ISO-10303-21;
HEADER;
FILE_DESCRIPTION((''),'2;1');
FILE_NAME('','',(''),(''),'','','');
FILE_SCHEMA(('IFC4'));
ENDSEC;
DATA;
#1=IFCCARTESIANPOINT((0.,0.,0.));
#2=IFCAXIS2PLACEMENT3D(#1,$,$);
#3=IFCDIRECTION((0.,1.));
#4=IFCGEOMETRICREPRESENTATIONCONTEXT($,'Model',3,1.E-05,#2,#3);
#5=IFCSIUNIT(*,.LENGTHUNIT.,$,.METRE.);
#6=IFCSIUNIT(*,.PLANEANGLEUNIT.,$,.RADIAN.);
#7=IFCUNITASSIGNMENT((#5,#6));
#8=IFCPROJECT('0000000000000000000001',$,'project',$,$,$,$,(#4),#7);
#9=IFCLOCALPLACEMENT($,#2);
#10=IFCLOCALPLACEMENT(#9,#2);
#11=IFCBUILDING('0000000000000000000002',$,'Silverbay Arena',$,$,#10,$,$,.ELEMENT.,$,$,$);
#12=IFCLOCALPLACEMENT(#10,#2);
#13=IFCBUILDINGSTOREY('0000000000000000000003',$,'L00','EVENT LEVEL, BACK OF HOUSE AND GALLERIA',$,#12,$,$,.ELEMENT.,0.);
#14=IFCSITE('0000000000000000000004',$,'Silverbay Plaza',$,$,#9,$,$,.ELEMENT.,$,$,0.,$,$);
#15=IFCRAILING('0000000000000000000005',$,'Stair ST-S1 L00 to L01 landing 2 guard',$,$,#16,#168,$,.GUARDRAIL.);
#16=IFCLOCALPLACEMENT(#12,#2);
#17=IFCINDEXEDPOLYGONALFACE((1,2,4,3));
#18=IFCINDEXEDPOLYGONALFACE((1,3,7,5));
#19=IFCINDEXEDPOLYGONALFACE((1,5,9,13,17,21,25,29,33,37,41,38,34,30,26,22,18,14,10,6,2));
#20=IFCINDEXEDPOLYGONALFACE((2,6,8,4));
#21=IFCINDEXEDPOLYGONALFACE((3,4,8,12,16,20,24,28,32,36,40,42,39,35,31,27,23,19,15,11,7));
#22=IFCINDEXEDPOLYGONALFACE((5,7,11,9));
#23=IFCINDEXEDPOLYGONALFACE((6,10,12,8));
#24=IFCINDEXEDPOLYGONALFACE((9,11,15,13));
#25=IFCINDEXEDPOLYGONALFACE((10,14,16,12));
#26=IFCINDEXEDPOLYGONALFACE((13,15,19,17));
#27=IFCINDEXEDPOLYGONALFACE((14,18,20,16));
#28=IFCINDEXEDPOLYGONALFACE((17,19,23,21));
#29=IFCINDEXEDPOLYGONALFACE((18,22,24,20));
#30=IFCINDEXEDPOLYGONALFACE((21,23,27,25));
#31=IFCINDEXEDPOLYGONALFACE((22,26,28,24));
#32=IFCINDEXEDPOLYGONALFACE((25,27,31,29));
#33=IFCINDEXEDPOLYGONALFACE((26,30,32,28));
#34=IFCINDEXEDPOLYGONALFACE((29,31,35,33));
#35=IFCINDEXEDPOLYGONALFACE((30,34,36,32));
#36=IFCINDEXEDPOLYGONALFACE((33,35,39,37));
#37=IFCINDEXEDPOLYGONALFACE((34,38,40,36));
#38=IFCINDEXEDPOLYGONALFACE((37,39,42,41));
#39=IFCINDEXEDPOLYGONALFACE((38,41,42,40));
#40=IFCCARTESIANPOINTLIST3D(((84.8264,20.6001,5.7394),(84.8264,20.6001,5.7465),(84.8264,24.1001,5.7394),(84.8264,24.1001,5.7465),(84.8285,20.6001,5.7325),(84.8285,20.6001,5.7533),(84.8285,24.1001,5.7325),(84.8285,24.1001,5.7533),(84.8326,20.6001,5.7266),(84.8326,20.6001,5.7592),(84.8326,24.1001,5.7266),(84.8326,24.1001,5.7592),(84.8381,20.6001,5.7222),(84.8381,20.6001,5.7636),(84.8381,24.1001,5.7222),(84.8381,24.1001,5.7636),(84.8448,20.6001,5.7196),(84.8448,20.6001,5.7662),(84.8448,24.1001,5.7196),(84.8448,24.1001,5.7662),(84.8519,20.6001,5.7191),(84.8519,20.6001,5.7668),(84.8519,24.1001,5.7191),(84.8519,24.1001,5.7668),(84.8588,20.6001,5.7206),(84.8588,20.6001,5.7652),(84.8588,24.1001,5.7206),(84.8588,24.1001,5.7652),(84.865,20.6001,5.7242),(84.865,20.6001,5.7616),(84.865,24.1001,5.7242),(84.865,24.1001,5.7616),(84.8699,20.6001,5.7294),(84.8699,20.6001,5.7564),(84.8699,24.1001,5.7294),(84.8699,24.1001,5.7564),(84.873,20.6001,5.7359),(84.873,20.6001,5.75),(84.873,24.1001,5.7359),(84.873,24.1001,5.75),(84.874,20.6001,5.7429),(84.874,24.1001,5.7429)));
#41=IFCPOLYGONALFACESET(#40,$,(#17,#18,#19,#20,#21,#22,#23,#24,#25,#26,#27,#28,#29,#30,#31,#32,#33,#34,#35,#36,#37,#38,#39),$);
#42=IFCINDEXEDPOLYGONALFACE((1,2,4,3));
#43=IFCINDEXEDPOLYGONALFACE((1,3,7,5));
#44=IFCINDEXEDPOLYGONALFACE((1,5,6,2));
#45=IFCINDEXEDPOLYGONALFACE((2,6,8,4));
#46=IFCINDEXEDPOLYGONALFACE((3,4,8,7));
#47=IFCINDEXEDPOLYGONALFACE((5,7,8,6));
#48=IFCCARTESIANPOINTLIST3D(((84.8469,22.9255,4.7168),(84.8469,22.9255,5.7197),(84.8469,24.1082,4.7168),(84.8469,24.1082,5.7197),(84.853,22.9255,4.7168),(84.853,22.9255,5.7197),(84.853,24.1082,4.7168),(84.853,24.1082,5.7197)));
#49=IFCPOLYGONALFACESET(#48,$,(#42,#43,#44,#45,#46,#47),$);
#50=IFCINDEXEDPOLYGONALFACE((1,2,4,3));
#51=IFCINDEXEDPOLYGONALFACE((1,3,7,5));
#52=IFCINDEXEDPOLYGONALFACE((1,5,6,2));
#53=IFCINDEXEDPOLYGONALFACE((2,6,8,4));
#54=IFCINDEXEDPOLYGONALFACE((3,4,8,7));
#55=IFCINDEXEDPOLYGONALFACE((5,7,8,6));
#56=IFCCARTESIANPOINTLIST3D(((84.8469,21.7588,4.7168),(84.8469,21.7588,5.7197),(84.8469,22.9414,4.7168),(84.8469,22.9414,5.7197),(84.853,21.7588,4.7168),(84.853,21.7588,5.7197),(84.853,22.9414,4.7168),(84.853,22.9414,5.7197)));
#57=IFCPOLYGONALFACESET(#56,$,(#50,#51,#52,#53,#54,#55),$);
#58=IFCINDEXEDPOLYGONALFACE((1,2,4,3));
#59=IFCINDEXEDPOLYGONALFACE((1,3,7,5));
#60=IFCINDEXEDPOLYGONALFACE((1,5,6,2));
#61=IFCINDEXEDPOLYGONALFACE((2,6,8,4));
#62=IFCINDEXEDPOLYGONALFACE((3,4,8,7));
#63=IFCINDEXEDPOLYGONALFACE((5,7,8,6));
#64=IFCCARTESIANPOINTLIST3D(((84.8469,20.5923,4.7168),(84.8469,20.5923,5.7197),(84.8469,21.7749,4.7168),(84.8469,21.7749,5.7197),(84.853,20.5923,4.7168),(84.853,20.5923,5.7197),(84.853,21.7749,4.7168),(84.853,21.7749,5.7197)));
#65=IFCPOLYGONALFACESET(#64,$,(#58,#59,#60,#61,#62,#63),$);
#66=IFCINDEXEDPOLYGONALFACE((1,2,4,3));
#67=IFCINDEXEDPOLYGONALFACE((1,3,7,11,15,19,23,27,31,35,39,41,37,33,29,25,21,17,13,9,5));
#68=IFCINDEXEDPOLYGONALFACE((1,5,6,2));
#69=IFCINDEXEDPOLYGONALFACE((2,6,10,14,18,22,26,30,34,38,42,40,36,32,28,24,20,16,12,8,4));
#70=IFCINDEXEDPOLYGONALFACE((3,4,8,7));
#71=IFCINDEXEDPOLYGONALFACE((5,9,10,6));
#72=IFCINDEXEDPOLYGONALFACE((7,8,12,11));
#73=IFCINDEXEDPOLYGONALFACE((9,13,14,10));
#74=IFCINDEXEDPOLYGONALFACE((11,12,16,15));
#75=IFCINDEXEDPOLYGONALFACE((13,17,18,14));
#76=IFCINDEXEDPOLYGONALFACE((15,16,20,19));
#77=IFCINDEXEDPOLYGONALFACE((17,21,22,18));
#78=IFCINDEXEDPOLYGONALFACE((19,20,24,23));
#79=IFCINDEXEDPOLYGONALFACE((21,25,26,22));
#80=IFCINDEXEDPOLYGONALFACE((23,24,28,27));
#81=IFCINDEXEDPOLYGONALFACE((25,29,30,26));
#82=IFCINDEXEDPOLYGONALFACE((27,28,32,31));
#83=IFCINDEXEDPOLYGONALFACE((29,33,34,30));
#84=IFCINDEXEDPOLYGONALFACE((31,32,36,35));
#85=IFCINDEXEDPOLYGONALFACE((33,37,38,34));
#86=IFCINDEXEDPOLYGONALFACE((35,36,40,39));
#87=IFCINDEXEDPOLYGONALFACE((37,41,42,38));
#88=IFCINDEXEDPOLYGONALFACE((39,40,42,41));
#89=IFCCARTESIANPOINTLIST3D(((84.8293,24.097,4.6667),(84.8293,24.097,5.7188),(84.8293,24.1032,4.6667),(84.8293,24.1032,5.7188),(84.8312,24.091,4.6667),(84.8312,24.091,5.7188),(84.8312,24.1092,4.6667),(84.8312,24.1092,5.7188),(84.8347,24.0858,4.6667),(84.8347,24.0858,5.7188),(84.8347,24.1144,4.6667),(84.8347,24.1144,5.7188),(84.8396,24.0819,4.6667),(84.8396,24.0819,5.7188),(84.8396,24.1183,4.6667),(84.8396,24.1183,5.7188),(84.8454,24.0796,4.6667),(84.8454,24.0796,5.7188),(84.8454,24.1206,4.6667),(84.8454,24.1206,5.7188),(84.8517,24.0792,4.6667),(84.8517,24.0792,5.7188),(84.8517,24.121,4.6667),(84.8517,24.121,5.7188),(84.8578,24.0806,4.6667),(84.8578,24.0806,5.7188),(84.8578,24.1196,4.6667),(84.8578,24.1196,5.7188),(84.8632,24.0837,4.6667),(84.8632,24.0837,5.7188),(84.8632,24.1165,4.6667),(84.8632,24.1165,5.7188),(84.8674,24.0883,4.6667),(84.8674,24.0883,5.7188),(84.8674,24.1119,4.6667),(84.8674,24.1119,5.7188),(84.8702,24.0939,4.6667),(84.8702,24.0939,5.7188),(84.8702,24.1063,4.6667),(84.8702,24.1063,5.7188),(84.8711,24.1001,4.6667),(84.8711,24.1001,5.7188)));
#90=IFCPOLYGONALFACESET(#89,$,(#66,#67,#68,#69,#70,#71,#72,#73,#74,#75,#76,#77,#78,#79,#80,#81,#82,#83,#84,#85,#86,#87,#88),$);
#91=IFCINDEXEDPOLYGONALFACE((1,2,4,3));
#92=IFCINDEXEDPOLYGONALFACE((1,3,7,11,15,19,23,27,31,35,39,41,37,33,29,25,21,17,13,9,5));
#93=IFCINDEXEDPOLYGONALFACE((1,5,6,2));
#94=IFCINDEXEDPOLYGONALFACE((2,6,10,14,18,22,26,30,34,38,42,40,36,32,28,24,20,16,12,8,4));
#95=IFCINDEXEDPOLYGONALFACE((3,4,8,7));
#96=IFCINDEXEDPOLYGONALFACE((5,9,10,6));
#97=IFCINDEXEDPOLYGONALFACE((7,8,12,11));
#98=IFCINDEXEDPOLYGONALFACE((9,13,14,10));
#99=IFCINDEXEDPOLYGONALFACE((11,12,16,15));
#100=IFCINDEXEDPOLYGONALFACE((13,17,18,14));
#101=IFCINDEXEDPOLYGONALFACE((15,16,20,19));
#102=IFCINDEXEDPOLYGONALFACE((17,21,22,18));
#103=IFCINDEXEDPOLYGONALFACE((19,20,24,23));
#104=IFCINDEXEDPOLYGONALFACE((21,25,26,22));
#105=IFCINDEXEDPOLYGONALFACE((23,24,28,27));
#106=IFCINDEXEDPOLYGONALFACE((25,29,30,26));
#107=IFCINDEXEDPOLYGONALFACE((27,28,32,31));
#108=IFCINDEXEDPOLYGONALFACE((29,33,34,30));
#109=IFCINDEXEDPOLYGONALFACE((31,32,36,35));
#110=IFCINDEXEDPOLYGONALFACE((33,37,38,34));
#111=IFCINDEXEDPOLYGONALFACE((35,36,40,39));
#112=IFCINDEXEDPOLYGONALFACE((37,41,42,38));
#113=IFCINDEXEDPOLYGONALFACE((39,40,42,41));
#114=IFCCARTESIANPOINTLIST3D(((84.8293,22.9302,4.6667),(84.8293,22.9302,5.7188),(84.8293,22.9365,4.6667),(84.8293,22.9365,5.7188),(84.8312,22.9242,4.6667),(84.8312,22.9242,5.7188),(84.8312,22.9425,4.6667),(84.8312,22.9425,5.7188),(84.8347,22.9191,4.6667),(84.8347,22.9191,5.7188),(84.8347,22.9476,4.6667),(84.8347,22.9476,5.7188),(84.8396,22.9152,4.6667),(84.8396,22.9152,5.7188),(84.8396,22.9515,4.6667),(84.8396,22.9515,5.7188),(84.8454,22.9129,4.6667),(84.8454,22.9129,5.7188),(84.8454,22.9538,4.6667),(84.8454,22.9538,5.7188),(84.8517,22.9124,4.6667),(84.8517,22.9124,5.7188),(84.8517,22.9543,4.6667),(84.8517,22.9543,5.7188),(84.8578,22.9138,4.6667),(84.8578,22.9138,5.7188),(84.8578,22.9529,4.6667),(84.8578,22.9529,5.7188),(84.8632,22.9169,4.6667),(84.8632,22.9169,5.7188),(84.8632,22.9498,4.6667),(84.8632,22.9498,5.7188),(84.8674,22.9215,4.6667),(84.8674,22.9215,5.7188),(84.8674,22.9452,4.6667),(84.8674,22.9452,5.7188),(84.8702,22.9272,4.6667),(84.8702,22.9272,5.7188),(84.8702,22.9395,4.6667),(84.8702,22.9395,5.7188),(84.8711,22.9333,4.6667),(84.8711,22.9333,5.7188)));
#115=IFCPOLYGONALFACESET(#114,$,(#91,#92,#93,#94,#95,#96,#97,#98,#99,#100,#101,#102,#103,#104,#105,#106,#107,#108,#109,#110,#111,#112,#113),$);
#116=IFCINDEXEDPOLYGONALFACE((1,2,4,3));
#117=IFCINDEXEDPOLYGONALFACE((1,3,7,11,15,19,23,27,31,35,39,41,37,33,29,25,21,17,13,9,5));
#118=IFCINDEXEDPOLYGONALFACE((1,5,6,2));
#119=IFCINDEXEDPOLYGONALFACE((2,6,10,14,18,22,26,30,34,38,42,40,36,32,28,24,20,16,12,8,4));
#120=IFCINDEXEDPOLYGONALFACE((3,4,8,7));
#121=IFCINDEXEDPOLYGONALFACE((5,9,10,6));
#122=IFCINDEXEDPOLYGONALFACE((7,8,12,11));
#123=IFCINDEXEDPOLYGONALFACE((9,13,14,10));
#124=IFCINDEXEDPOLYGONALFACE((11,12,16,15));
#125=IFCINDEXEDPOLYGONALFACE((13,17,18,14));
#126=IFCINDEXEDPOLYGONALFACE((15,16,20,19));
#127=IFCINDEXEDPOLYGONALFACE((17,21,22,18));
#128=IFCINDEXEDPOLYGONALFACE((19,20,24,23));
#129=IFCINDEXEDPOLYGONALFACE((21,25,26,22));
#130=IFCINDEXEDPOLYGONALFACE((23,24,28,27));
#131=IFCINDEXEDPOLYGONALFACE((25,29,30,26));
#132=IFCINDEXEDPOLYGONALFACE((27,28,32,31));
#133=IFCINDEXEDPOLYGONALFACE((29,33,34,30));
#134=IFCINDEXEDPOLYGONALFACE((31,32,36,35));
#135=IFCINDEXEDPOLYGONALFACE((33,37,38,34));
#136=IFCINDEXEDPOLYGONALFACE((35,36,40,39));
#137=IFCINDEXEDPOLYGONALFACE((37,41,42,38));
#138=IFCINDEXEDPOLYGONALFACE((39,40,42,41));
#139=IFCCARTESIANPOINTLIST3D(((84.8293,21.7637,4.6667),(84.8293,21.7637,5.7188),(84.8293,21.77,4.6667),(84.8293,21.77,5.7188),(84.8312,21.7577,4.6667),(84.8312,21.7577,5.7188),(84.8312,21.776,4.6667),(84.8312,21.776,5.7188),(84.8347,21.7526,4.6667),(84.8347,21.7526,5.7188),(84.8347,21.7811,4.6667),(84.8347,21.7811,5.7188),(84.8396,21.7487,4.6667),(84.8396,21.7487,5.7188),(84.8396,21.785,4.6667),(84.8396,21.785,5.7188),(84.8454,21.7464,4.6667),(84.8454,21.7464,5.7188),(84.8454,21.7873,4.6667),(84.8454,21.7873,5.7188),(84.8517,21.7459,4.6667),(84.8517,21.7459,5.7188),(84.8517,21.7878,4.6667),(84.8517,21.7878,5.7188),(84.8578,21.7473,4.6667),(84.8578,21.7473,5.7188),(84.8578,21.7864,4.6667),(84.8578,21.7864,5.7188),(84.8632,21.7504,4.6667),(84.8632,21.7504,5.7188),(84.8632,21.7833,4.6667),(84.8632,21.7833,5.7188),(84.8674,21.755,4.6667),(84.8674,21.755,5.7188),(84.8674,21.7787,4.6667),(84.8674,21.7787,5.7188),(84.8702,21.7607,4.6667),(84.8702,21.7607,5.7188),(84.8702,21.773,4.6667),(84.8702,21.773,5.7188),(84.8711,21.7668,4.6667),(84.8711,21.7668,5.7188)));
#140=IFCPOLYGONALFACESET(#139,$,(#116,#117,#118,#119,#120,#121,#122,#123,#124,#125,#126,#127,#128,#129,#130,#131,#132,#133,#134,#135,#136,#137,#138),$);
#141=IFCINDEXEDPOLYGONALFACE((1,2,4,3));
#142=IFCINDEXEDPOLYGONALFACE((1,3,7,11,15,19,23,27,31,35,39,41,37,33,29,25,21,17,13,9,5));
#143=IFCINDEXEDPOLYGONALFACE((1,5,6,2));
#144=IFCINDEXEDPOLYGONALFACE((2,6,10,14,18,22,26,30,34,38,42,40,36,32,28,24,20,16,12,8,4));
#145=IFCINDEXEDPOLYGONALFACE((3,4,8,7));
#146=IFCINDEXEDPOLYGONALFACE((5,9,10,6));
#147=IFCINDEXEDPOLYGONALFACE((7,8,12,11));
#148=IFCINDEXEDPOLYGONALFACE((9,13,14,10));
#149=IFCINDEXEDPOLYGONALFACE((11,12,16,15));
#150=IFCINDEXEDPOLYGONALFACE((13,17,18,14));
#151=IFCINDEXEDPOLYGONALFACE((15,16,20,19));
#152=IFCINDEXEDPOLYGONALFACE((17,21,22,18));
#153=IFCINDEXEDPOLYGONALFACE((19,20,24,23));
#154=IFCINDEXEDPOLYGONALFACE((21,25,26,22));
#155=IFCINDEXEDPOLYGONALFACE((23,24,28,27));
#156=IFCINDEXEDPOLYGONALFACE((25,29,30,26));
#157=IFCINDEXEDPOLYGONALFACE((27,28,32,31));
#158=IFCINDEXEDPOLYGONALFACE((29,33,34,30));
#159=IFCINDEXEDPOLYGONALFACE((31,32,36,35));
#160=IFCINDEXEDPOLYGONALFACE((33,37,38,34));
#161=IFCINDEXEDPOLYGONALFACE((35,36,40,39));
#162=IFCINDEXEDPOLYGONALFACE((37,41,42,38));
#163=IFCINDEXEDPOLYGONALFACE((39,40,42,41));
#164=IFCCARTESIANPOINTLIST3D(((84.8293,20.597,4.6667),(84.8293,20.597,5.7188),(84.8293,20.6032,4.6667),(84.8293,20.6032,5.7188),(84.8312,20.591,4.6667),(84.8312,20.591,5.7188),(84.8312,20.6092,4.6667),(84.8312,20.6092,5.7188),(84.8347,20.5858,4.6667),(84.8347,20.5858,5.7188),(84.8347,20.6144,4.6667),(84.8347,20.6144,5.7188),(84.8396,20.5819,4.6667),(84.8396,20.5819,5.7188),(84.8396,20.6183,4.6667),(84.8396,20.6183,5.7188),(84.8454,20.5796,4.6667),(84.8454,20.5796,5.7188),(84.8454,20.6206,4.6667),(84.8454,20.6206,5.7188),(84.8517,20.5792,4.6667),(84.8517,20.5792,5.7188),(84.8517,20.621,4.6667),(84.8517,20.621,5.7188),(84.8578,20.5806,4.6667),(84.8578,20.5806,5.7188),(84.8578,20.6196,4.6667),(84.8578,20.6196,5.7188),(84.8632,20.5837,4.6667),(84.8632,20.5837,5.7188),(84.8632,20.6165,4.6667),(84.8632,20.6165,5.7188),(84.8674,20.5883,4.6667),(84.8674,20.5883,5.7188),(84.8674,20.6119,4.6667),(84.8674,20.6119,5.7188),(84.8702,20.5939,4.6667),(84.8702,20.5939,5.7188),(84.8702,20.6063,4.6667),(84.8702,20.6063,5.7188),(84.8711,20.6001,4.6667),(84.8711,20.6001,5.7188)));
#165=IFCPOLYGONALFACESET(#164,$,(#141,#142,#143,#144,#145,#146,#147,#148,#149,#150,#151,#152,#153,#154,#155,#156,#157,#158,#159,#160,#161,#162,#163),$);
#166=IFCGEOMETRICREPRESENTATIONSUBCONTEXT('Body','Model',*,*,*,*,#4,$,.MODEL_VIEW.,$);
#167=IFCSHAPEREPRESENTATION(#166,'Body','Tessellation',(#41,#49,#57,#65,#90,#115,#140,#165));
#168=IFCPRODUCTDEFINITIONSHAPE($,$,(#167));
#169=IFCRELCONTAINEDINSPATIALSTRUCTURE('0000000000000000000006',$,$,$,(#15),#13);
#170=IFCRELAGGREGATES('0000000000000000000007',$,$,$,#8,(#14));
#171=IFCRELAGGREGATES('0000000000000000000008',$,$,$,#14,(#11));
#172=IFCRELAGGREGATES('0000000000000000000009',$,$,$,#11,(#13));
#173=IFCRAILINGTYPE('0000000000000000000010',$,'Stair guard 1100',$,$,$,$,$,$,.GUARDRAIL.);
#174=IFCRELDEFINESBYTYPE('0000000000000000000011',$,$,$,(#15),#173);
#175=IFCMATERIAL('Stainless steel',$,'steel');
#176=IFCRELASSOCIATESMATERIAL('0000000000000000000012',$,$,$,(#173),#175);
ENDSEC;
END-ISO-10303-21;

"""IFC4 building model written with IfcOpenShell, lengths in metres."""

from ifc_helpers import new_model, si_unit, direction, frame, origin, origin_2d, place, context, subcontext, project, spatial, polyline, circle, outline, extrude, material, type_object, element, save


model = new_model("IFC4")

# Units and contexts
model_context = context("Model", 3, precision=1e-05, world=origin(), true_north=direction((0.0, 1.0)))
body_context = subcontext(model_context, "Body", "Model", "MODEL_VIEW")
ifc_project = project(units=[si_unit("LENGTHUNIT", "METRE"), si_unit("PLANEANGLEUNIT", "RADIAN")], contexts=[model_context])

# Site, building, storey
site_placement = place(None, origin())
site = spatial("IfcSite", under=ifc_project, at=site_placement, Name="Silverbay Plaza", CompositionType="ELEMENT", RefElevation=0.0)
building_placement = place(site_placement, origin())
building = spatial("IfcBuilding", under=site, at=building_placement, Name="Silverbay Arena", CompositionType="ELEMENT")
storey_placement = place(building_placement, origin())
storey = spatial("IfcBuildingStorey", under=building, at=storey_placement, Name="L00", Description="EVENT LEVEL, BACK OF HOUSE AND GALLERIA", CompositionType="ELEMENT", Elevation=0.0)

# Railing
ifc_material_1 = material(Name="Stainless steel", Category="steel")
railing_type_1 = type_object("IfcRailingType", Name="Stair guard 1100", PredefinedType="GUARDRAIL", material=ifc_material_1)
for number, where, name in (
    (1, (84.8501, 24.1001, 4.6667), "Stair ST-S1 L00 to L01 landing 2 guard"),
):
    element("IfcRailing", number, at=place(storey_placement, frame(where)), inside=storey, type_object=railing_type_1, Name=name, PredefinedType="GUARDRAIL", context=body_context, shape_type="SweptSolid", body=[
        extrude(circle(Radius=0.0239, at=origin_2d()), frame((0.0, 0.0, 1.0762), z_axis=(0.0, -1.0, 0.0), x_axis=(1.0, 0.0, 0.0)), (0.0, 0.0, 1.0), 3.5),
        extrude(outline(polyline([(-0.0081, 0.05), (1.1746, 0.05), (1.1746, 1.053), (-0.0081, 1.053), (-0.0081, 0.05)])), frame((0.0029, 0.0, 0.0), z_axis=(-1.0, 0.0, 0.0), x_axis=(0.0, -1.0, 0.0)), (0.0, 0.0, 1.0), 0.0061),
        extrude(outline(polyline([(-0.0081, 0.05), (1.1746, 0.05), (1.1746, 1.053), (-0.0081, 1.053), (-0.0081, 0.05)])), frame((0.0029, -1.1667, 0.0), z_axis=(-1.0, 0.0, 0.0), x_axis=(0.0, -1.0, 0.0)), (0.0, 0.0, 1.0), 0.0061),
        extrude(outline(polyline([(-0.0081, 0.05), (1.1746, 0.05), (1.1746, 1.053), (-0.0081, 1.053), (-0.0081, 0.05)])), frame((0.0029, -2.3333, 0.0), z_axis=(-1.0, 0.0, 0.0), x_axis=(0.0, -1.0, 0.0)), (0.0, 0.0, 1.0), 0.0061),
        extrude(circle(Radius=0.021, at=origin_2d()), origin(), (0.0, 0.0, 1.0), 1.052),
        extrude(circle(Radius=0.021, at=origin_2d()), frame((0.0, -1.1667, 0.0)), (0.0, 0.0, 1.0), 1.052),
        extrude(circle(Radius=0.021, at=origin_2d()), frame((0.0, -2.3333, 0.0)), (0.0, 0.0, 1.0), 1.052),
        extrude(circle(Radius=0.021, at=origin_2d()), frame((0.0, -3.5, 0.0)), (0.0, 0.0, 1.0), 1.052),
    ])

save(model, "model.ifc")
